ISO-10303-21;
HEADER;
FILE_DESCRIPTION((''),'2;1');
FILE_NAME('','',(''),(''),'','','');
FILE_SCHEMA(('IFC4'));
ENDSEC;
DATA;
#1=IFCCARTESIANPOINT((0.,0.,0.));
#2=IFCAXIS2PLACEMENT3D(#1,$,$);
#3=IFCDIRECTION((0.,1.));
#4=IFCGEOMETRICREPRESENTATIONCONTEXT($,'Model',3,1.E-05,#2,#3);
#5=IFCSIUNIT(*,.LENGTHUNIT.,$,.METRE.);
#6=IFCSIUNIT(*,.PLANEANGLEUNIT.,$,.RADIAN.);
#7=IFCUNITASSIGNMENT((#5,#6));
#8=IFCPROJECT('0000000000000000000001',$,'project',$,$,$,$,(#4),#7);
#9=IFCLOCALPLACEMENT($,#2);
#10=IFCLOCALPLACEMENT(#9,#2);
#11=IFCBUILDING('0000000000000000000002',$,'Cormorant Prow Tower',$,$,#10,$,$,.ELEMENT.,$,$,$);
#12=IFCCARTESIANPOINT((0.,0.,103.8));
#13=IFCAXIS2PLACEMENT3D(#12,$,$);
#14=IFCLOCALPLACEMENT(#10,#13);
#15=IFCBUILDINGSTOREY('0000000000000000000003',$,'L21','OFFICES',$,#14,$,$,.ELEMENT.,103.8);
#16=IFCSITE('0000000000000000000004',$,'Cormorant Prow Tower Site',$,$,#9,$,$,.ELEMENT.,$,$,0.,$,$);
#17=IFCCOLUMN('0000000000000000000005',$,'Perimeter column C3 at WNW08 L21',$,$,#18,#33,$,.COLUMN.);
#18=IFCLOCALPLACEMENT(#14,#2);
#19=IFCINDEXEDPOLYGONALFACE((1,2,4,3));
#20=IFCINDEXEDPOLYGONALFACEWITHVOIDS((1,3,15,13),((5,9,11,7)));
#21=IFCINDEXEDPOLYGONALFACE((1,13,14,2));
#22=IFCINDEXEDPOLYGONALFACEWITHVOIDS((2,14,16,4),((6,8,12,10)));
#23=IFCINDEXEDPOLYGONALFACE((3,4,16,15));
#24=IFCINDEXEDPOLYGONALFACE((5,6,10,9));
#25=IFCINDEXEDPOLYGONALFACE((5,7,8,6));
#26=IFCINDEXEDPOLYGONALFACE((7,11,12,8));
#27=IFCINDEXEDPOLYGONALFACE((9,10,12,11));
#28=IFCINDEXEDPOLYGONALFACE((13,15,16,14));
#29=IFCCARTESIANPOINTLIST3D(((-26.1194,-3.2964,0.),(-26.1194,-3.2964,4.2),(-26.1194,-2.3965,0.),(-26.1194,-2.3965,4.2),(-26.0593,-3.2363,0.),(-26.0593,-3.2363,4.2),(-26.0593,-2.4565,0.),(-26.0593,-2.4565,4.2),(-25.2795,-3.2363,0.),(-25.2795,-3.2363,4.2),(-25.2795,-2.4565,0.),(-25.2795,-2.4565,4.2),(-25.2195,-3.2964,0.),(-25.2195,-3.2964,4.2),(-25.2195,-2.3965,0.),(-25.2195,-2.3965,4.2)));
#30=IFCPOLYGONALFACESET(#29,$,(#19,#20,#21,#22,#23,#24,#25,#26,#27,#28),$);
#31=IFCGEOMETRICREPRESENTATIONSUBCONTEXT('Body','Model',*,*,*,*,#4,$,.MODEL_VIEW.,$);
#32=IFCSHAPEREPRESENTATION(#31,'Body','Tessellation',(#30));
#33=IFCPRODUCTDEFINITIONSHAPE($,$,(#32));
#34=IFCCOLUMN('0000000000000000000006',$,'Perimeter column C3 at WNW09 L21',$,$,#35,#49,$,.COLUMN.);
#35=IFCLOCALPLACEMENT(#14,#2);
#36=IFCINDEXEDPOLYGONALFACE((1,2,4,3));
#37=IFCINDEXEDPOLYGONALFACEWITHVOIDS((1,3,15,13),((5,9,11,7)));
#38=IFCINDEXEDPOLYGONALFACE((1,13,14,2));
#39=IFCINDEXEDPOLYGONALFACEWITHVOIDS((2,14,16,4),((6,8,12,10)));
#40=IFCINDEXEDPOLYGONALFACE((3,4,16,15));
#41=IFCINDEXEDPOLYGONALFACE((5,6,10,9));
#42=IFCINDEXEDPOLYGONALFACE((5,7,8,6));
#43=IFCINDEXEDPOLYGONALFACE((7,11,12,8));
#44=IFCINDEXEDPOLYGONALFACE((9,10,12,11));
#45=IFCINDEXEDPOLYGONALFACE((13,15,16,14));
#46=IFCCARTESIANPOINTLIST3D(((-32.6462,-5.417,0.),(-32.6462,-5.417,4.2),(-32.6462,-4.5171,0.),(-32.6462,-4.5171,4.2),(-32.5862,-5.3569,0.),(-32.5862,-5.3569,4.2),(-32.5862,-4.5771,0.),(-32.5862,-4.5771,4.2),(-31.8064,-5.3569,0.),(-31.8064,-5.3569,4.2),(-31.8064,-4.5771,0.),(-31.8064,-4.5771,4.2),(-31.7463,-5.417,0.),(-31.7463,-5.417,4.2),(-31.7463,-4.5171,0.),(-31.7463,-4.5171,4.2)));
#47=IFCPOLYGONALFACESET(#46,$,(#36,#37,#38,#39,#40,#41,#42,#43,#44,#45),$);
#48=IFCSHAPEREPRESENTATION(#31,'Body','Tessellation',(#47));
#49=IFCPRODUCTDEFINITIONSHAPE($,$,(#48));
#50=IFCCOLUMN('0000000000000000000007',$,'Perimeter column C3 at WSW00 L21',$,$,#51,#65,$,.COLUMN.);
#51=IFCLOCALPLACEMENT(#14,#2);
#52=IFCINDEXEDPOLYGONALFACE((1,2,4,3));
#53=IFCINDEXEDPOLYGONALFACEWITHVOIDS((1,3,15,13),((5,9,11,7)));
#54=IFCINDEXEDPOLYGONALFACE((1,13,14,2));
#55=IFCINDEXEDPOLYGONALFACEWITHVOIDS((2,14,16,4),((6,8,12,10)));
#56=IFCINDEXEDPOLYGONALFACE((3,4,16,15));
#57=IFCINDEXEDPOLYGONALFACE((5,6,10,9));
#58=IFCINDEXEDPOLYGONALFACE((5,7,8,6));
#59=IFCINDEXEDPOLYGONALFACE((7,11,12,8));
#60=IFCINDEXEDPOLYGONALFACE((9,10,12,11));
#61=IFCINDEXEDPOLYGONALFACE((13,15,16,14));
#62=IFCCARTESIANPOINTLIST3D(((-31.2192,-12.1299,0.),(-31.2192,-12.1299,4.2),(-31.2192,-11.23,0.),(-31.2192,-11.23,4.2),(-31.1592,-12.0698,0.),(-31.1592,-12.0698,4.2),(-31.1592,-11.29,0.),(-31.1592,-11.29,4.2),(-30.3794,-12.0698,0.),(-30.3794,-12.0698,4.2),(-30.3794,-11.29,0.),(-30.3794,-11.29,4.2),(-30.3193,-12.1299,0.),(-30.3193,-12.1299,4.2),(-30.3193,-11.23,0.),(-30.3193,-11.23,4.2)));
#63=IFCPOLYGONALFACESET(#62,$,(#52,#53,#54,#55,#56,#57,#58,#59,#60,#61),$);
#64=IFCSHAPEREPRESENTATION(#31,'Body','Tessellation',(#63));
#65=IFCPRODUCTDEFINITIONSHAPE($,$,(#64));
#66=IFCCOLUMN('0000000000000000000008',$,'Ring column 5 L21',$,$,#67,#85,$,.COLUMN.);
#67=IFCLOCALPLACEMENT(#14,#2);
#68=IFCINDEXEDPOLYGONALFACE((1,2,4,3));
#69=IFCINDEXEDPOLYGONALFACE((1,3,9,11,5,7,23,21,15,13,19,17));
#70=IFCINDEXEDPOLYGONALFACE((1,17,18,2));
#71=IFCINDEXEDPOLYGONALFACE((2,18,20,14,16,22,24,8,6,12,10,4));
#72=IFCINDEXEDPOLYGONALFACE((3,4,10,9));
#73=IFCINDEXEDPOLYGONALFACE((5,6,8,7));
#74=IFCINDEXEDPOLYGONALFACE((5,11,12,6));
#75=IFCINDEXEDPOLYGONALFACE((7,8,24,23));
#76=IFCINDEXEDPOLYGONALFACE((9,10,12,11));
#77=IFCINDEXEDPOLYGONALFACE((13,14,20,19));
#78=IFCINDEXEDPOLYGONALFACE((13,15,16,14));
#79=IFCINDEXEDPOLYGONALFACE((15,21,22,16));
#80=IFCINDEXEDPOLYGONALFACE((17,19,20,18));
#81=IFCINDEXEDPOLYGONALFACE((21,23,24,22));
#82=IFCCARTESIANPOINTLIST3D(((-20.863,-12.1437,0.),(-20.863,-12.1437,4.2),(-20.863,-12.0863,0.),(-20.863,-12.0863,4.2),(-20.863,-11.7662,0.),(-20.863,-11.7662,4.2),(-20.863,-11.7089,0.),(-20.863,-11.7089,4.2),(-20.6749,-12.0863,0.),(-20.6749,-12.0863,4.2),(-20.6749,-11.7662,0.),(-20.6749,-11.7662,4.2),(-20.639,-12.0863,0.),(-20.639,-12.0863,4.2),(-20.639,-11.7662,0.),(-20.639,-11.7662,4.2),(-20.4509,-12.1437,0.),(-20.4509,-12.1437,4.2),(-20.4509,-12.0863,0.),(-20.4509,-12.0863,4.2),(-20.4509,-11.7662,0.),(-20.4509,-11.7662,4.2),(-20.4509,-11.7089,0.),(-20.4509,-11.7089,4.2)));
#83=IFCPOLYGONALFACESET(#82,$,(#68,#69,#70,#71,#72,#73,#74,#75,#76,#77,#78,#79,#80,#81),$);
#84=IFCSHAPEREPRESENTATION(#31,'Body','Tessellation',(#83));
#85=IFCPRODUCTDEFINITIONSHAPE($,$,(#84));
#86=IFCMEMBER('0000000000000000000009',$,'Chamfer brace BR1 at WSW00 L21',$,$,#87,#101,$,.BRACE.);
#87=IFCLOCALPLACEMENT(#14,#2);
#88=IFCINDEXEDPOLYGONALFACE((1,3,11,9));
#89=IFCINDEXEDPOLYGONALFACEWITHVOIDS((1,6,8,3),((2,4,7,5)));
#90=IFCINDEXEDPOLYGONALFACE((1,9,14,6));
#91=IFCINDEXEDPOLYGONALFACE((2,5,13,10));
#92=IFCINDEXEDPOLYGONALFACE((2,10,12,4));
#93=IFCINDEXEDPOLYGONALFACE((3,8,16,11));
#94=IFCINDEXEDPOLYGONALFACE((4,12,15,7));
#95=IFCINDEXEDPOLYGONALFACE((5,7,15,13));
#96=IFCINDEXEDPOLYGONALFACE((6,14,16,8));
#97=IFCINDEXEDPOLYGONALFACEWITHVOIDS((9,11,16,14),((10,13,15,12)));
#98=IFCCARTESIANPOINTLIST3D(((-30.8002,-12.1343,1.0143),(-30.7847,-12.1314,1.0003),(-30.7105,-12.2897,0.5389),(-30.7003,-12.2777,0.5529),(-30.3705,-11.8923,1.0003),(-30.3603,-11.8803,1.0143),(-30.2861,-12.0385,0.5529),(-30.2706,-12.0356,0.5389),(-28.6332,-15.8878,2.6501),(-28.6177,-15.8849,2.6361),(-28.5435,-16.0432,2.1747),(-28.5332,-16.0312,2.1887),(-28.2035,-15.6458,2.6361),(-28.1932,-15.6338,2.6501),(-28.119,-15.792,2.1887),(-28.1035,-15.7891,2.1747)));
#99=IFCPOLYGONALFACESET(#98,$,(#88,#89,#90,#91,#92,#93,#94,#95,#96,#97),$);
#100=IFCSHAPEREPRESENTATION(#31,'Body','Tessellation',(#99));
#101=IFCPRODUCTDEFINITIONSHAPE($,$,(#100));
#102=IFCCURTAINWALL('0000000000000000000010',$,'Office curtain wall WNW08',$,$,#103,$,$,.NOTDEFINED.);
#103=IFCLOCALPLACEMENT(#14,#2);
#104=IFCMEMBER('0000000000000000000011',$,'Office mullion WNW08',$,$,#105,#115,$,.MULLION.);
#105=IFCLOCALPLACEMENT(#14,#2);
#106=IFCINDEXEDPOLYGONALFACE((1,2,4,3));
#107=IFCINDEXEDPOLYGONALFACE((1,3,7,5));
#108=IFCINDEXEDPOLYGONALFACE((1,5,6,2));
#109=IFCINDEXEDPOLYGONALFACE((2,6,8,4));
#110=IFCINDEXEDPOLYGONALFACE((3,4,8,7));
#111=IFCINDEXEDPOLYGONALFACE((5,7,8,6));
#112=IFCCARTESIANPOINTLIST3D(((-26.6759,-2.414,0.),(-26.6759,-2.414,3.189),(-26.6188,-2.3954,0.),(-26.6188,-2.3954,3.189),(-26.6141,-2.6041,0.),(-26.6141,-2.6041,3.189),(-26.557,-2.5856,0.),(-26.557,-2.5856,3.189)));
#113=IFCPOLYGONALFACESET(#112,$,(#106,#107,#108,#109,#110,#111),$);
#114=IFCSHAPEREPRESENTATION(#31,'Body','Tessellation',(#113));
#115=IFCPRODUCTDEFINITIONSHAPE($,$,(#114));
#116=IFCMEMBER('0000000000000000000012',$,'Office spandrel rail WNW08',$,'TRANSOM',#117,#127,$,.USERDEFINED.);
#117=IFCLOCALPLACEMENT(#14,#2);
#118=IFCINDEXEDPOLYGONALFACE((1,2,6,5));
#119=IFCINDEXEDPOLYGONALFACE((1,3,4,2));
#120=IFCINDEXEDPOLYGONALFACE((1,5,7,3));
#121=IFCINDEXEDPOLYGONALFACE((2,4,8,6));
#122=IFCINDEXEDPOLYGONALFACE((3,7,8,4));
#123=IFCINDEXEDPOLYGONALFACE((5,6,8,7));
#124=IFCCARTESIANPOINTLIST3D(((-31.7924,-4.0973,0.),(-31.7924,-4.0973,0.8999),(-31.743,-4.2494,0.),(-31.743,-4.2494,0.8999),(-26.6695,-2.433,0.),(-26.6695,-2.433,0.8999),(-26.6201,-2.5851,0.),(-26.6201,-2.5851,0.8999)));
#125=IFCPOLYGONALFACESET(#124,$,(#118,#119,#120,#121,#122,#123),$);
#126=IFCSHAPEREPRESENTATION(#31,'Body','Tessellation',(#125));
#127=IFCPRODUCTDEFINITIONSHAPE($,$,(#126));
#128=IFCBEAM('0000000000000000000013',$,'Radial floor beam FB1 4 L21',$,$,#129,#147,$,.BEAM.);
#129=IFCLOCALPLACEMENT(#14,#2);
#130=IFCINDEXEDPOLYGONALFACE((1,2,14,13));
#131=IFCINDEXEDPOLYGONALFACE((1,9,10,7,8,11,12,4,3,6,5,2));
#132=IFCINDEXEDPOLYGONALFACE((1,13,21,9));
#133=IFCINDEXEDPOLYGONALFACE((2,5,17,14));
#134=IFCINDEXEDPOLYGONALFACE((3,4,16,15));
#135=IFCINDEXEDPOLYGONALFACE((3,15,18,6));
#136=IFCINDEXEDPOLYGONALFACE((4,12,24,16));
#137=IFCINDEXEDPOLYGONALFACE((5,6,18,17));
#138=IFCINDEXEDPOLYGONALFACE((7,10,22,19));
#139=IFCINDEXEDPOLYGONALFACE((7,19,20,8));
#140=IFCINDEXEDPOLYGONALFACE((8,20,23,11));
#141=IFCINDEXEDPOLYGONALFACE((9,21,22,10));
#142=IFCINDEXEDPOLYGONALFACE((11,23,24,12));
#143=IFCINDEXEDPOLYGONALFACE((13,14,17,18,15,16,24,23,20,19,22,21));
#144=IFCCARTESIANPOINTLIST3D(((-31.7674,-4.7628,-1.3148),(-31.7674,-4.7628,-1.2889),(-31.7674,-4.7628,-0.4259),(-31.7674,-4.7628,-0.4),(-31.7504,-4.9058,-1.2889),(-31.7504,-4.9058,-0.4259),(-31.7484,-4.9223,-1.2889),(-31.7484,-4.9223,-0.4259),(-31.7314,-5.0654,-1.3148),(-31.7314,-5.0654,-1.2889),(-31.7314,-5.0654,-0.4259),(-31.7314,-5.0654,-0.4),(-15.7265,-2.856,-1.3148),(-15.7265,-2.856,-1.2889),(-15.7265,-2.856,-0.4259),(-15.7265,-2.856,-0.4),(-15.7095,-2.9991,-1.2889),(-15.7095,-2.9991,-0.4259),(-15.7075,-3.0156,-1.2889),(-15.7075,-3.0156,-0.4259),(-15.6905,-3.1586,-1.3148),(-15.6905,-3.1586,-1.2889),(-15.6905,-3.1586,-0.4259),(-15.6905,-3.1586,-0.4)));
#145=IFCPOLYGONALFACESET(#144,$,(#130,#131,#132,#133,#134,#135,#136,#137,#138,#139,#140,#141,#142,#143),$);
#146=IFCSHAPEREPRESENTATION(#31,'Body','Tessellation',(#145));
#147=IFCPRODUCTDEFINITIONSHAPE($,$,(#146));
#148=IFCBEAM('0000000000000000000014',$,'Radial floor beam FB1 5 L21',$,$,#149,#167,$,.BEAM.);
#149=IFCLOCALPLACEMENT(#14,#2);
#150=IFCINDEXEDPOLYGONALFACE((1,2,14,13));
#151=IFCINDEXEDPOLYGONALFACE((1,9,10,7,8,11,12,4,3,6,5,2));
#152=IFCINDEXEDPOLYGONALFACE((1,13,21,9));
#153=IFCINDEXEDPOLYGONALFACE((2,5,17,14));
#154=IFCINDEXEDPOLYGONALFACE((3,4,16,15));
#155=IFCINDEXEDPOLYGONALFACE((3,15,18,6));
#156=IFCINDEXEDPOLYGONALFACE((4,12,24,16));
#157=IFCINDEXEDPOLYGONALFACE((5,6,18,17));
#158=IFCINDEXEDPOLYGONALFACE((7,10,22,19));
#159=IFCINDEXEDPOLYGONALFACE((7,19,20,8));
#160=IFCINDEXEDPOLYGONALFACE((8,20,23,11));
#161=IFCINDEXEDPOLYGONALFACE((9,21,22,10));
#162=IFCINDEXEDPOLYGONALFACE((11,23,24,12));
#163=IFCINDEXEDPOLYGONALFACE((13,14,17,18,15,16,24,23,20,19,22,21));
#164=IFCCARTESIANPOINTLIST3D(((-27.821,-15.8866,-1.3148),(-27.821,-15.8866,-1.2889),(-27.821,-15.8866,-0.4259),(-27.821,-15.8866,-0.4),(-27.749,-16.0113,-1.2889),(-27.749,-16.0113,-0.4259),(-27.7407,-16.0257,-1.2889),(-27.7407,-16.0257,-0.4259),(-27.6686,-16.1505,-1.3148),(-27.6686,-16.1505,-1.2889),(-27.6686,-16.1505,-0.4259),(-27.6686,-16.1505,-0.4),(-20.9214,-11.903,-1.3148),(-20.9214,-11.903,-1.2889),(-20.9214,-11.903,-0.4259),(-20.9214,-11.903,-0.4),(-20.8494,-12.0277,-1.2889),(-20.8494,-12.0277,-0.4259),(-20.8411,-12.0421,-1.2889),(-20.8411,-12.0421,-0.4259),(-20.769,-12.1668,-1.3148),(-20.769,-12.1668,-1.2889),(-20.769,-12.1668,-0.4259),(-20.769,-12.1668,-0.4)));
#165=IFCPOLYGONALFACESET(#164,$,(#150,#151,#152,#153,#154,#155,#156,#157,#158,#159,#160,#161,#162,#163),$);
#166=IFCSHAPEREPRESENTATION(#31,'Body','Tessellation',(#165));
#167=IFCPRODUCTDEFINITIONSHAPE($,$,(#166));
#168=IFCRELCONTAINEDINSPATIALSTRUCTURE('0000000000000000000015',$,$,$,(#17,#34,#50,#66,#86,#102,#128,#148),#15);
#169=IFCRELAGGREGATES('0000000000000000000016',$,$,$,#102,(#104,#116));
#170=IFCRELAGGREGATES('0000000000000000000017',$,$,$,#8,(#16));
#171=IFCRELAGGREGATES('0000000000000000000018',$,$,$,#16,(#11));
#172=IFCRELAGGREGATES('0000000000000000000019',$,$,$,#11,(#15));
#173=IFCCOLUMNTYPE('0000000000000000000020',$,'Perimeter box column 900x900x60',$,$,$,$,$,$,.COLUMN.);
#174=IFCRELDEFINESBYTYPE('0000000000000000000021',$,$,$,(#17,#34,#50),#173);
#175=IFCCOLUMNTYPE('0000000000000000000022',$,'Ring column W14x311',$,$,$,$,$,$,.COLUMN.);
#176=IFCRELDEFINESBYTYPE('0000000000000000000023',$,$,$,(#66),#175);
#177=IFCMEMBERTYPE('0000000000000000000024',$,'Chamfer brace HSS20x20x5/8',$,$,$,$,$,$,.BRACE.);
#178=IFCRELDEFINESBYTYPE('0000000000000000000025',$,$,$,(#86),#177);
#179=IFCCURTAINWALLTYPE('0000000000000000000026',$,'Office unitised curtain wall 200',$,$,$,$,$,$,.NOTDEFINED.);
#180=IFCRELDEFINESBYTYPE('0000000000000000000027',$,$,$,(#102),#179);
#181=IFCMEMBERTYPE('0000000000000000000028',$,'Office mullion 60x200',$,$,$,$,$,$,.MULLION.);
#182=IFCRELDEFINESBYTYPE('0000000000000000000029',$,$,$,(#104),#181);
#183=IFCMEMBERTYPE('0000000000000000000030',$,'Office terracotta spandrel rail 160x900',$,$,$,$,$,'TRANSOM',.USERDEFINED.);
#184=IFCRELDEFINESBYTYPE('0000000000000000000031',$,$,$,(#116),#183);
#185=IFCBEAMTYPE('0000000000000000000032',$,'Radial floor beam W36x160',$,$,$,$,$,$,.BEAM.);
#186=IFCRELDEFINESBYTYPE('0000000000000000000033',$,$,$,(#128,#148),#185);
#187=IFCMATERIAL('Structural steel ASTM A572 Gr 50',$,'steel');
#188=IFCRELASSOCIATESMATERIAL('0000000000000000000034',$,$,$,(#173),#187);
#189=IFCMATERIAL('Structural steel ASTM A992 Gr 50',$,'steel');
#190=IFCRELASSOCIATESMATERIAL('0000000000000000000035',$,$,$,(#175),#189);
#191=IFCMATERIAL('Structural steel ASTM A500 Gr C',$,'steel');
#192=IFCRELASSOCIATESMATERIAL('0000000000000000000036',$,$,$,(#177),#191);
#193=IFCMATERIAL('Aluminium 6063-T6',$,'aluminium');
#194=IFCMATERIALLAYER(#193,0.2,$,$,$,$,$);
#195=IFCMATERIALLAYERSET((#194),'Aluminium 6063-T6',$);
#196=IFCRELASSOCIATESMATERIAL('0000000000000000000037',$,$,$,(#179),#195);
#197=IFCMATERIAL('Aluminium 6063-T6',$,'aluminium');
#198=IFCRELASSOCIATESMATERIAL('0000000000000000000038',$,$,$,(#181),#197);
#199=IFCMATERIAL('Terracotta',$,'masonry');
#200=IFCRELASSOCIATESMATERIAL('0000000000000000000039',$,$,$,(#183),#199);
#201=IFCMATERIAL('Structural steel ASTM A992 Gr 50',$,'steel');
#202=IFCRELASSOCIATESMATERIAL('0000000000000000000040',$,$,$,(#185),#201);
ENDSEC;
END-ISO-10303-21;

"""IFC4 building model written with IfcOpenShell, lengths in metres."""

from ifc_helpers import new_model, si_unit, direction, frame, origin, origin_2d, place, context, subcontext, project, spatial, rectangle, hollow_rectangle, i_section, extrude, material, layer, layer_set, material_profile, profile_set, type_object, element, aggregate, save


model = new_model("IFC4")

# Units and contexts
model_context = context("Model", 3, precision=1e-05, world=origin(), true_north=direction((0.0, 1.0)))
body_context = subcontext(model_context, "Body", "Model", "MODEL_VIEW")
ifc_project = project(units=[si_unit("LENGTHUNIT", "METRE"), si_unit("PLANEANGLEUNIT", "RADIAN")], contexts=[model_context])

# Site, building, storey
site_placement = place(None, origin())
site = spatial("IfcSite", under=ifc_project, at=site_placement, Name="Cormorant Prow Tower Site", CompositionType="ELEMENT", RefElevation=0.0)
building_placement = place(site_placement, origin())
building = spatial("IfcBuilding", under=site, at=building_placement, Name="Cormorant Prow Tower", CompositionType="ELEMENT")
storey_placement = place(building_placement, frame((0.0, 0.0, 103.8)))
storey = spatial("IfcBuildingStorey", under=building, at=storey_placement, Name="L21", Description="OFFICES", CompositionType="ELEMENT", Elevation=103.8)

# Columns
ifc_material_1 = material(Name="Structural steel ASTM A572 Gr 50", Category="steel")
ifc_material_profile_1 = material_profile(ifc_material_1, hollow_rectangle(XDim=0.8999, YDim=0.8999, WallThickness=0.0601, at=origin_2d()), Name="Box 900x900x60")
ifc_profile_set_1 = profile_set([ifc_material_profile_1], Name="Structural steel ASTM A572 Gr 50")
column_type_1 = type_object("IfcColumnType", Name="Perimeter box column 900x900x60", PredefinedType="COLUMN", material=ifc_profile_set_1)
for number, where, z_axis, x_axis, name in (
    (1, (-25.6694, -2.8464, 0.0), (0.0, 0.0, 1.0), (1.0, 0.0, 0.0), "Perimeter column C3 at WNW08 L21"),
    (2, (-32.1963, -4.967, 0.0), (0.0, 0.0, 1.0), (1.0, 0.0, 0.0), "Perimeter column C3 at WNW09 L21"),
    (3, (-30.7693, -11.6799, 0.0), (0.0, 0.0, 1.0), (1.0, 0.0, 0.0), "Perimeter column C3 at WSW00 L21"),
):
    element("IfcColumn", number, at=place(storey_placement, frame(where, z_axis=z_axis, x_axis=x_axis)), inside=storey, type_object=column_type_1, Name=name, PredefinedType="COLUMN", context=body_context, shape_type="SweptSolid", body=[
        extrude(hollow_rectangle(XDim=0.8999, YDim=0.8999, WallThickness=0.0601, at=origin_2d()), origin(), (0.0, 0.0, 1.0), 4.2),
    ])
ifc_material_2 = material(Name="Structural steel ASTM A992 Gr 50", Category="steel")
ifc_material_profile_2 = material_profile(ifc_material_2, i_section(OverallWidth=0.4121, OverallDepth=0.4348, WebThickness=0.0359, FlangeThickness=0.0574, at=origin_2d()), Name="W14x311")
ifc_profile_set_2 = profile_set([ifc_material_profile_2], Name="Structural steel ASTM A992 Gr 50")
column_type_2 = type_object("IfcColumnType", Name="Ring column W14x311", PredefinedType="COLUMN", material=ifc_profile_set_2)
column_placement = place(storey_placement, frame((-20.657, -11.9263, 0.0), z_axis=(0.0, 0.0, 1.0), x_axis=(1.0, 0.0, 0.0)))
element("IfcColumn", 4, at=column_placement, inside=storey, type_object=column_type_2, Name="Ring column 5 L21", PredefinedType="COLUMN", context=body_context, shape_type="SweptSolid", body=[
    extrude(i_section(OverallWidth=0.4121, OverallDepth=0.4348, WebThickness=0.0359, FlangeThickness=0.0574, at=origin_2d()), origin(), (0.0, 0.0, 1.0), 4.2),
])

# Member
ifc_material_3 = material(Name="Structural steel ASTM A500 Gr C", Category="steel")
ifc_material_profile_3 = material_profile(ifc_material_3, hollow_rectangle(XDim=0.5081, YDim=0.5081, WallThickness=0.0149, at=origin_2d()), Name="HSS20x20x5/8")
ifc_profile_set_3 = profile_set([ifc_material_profile_3], Name="Structural steel ASTM A500 Gr C")
member_type_1 = type_object("IfcMemberType", Name="Chamfer brace HSS20x20x5/8", PredefinedType="BRACE", material=ifc_profile_set_3)
member_1_placement = place(storey_placement, frame((-30.5354, -12.085, 0.7766), z_axis=(0.467785, -0.810244, 0.353105), x_axis=(0.86603, 0.499992, 0.0)))
element("IfcMember", 5, at=member_1_placement, inside=storey, type_object=member_type_1, Name="Chamfer brace BR1 at WSW00 L21", PredefinedType="BRACE", context=body_context, shape_type="SweptSolid", body=[
    extrude(hollow_rectangle(XDim=0.5081, YDim=0.5081, WallThickness=0.0149, at=origin_2d()), origin(), (0.0, 0.0, 1.0), 4.6326),
])

# Curtain wall, members
ifc_material_4 = material(Name="Aluminium 6063-T6", Category="aluminium")
ifc_layer_1 = layer(ifc_material_4, 0.2)
ifc_layer_set_1 = layer_set([ifc_layer_1], Name="Aluminium 6063-T6")
curtain_wall_type = type_object("IfcCurtainWallType", Name="Office unitised curtain wall 200", PredefinedType="NOTDEFINED", material=ifc_layer_set_1)
curtain_wall_placement = place(storey_placement, origin())
curtain_wall = element("IfcCurtainWall", 6, at=curtain_wall_placement, inside=storey, type_object=curtain_wall_type, Name="Office curtain wall WNW08", PredefinedType="NOTDEFINED")
ifc_material_5 = material(Name="Aluminium 6063-T6", Category="aluminium")
ifc_material_profile_4 = material_profile(ifc_material_5, rectangle(XDim=0.2, YDim=0.0601, at=origin_2d()), Name="Office mullion 60x200")
ifc_profile_set_4 = profile_set([ifc_material_profile_4], Name="Aluminium 6063-T6")
member_type_2 = type_object("IfcMemberType", Name="Office mullion 60x200", PredefinedType="MULLION", material=ifc_profile_set_4)
member_2_placement = place(storey_placement, frame((-26.6165, -2.4998, 0.0), z_axis=(0.0, 0.0, 1.0), x_axis=(0.309017, -0.951057, 0.0)))
member_2 = element("IfcMember", 7, at=member_2_placement, type_object=member_type_2, Name="Office mullion WNW08", PredefinedType="MULLION", context=body_context, shape_type="SweptSolid", body=[
    extrude(rectangle(XDim=0.2, YDim=0.0601, at=origin_2d()), origin(), (0.0, 0.0, 1.0), 3.189),
])
ifc_material_6 = material(Name="Terracotta", Category="masonry")
ifc_material_profile_5 = material_profile(ifc_material_6, rectangle(XDim=0.1599, YDim=0.8999, at=origin_2d()), Name="Office terracotta spandrel rail 160x900")
ifc_profile_set_5 = profile_set([ifc_material_profile_5], Name="Terracotta")
member_type_3 = type_object("IfcMemberType", Name="Office terracotta spandrel rail 160x900", ElementType="TRANSOM", PredefinedType="USERDEFINED", material=ifc_profile_set_5)
member_3_placement = place(storey_placement, frame((-26.6448, -2.509, 0.45), z_axis=(-0.951067, -0.308985, 0.0), x_axis=(0.308985, -0.951067, 0.0)))
member_3 = element("IfcMember", 8, at=member_3_placement, type_object=member_type_3, Name="Office spandrel rail WNW08", ObjectType="TRANSOM", PredefinedType="USERDEFINED", context=body_context, shape_type="SweptSolid", body=[
    extrude(rectangle(XDim=0.1599, YDim=0.8999, at=origin_2d()), origin(), (0.0, 0.0, 1.0), 5.3865),
])

# Beams
ifc_material_7 = material(Name="Structural steel ASTM A992 Gr 50", Category="steel")
ifc_material_profile_6 = material_profile(ifc_material_7, i_section(OverallWidth=0.3047, OverallDepth=0.9148, WebThickness=0.0166, FlangeThickness=0.0259, at=origin_2d()), Name="W36x160")
ifc_profile_set_6 = profile_set([ifc_material_profile_6], Name="Structural steel ASTM A992 Gr 50")
beam_type_1 = type_object("IfcBeamType", Name="Radial floor beam W36x160", PredefinedType="BEAM", material=ifc_profile_set_6)
beam_1_placement = place(storey_placement, frame((-15.7085, -3.0073, -0.8574), z_axis=(-0.993009, -0.118037, 0.0), x_axis=(0.118037, -0.993009, 0.0)))
element("IfcBeam", 9, at=beam_1_placement, inside=storey, type_object=beam_type_1, Name="Radial floor beam FB1 4 L21", PredefinedType="BEAM", context=body_context, shape_type="SweptSolid", body=[
    extrude(i_section(OverallWidth=0.3047, OverallDepth=0.9148, WebThickness=0.0166, FlangeThickness=0.0259, at=origin_2d()), origin(), (0.0, 0.0, 1.0), 16.1538),
])
beam_2_placement = place(storey_placement, frame((-20.8452, -12.0349, -0.8574), z_axis=(-0.866019, -0.500012, 0.0), x_axis=(0.500012, -0.866019, 0.0)))
element("IfcBeam", 10, at=beam_2_placement, inside=storey, type_object=beam_type_1, Name="Radial floor beam FB1 5 L21", PredefinedType="BEAM", context=body_context, shape_type="SweptSolid", body=[
    extrude(i_section(OverallWidth=0.3047, OverallDepth=0.9148, WebThickness=0.0166, FlangeThickness=0.0259, at=origin_2d()), origin(), (0.0, 0.0, 1.0), 7.967),
])

aggregate(curtain_wall, [member_2, member_3])

save(model, "model.ifc")
